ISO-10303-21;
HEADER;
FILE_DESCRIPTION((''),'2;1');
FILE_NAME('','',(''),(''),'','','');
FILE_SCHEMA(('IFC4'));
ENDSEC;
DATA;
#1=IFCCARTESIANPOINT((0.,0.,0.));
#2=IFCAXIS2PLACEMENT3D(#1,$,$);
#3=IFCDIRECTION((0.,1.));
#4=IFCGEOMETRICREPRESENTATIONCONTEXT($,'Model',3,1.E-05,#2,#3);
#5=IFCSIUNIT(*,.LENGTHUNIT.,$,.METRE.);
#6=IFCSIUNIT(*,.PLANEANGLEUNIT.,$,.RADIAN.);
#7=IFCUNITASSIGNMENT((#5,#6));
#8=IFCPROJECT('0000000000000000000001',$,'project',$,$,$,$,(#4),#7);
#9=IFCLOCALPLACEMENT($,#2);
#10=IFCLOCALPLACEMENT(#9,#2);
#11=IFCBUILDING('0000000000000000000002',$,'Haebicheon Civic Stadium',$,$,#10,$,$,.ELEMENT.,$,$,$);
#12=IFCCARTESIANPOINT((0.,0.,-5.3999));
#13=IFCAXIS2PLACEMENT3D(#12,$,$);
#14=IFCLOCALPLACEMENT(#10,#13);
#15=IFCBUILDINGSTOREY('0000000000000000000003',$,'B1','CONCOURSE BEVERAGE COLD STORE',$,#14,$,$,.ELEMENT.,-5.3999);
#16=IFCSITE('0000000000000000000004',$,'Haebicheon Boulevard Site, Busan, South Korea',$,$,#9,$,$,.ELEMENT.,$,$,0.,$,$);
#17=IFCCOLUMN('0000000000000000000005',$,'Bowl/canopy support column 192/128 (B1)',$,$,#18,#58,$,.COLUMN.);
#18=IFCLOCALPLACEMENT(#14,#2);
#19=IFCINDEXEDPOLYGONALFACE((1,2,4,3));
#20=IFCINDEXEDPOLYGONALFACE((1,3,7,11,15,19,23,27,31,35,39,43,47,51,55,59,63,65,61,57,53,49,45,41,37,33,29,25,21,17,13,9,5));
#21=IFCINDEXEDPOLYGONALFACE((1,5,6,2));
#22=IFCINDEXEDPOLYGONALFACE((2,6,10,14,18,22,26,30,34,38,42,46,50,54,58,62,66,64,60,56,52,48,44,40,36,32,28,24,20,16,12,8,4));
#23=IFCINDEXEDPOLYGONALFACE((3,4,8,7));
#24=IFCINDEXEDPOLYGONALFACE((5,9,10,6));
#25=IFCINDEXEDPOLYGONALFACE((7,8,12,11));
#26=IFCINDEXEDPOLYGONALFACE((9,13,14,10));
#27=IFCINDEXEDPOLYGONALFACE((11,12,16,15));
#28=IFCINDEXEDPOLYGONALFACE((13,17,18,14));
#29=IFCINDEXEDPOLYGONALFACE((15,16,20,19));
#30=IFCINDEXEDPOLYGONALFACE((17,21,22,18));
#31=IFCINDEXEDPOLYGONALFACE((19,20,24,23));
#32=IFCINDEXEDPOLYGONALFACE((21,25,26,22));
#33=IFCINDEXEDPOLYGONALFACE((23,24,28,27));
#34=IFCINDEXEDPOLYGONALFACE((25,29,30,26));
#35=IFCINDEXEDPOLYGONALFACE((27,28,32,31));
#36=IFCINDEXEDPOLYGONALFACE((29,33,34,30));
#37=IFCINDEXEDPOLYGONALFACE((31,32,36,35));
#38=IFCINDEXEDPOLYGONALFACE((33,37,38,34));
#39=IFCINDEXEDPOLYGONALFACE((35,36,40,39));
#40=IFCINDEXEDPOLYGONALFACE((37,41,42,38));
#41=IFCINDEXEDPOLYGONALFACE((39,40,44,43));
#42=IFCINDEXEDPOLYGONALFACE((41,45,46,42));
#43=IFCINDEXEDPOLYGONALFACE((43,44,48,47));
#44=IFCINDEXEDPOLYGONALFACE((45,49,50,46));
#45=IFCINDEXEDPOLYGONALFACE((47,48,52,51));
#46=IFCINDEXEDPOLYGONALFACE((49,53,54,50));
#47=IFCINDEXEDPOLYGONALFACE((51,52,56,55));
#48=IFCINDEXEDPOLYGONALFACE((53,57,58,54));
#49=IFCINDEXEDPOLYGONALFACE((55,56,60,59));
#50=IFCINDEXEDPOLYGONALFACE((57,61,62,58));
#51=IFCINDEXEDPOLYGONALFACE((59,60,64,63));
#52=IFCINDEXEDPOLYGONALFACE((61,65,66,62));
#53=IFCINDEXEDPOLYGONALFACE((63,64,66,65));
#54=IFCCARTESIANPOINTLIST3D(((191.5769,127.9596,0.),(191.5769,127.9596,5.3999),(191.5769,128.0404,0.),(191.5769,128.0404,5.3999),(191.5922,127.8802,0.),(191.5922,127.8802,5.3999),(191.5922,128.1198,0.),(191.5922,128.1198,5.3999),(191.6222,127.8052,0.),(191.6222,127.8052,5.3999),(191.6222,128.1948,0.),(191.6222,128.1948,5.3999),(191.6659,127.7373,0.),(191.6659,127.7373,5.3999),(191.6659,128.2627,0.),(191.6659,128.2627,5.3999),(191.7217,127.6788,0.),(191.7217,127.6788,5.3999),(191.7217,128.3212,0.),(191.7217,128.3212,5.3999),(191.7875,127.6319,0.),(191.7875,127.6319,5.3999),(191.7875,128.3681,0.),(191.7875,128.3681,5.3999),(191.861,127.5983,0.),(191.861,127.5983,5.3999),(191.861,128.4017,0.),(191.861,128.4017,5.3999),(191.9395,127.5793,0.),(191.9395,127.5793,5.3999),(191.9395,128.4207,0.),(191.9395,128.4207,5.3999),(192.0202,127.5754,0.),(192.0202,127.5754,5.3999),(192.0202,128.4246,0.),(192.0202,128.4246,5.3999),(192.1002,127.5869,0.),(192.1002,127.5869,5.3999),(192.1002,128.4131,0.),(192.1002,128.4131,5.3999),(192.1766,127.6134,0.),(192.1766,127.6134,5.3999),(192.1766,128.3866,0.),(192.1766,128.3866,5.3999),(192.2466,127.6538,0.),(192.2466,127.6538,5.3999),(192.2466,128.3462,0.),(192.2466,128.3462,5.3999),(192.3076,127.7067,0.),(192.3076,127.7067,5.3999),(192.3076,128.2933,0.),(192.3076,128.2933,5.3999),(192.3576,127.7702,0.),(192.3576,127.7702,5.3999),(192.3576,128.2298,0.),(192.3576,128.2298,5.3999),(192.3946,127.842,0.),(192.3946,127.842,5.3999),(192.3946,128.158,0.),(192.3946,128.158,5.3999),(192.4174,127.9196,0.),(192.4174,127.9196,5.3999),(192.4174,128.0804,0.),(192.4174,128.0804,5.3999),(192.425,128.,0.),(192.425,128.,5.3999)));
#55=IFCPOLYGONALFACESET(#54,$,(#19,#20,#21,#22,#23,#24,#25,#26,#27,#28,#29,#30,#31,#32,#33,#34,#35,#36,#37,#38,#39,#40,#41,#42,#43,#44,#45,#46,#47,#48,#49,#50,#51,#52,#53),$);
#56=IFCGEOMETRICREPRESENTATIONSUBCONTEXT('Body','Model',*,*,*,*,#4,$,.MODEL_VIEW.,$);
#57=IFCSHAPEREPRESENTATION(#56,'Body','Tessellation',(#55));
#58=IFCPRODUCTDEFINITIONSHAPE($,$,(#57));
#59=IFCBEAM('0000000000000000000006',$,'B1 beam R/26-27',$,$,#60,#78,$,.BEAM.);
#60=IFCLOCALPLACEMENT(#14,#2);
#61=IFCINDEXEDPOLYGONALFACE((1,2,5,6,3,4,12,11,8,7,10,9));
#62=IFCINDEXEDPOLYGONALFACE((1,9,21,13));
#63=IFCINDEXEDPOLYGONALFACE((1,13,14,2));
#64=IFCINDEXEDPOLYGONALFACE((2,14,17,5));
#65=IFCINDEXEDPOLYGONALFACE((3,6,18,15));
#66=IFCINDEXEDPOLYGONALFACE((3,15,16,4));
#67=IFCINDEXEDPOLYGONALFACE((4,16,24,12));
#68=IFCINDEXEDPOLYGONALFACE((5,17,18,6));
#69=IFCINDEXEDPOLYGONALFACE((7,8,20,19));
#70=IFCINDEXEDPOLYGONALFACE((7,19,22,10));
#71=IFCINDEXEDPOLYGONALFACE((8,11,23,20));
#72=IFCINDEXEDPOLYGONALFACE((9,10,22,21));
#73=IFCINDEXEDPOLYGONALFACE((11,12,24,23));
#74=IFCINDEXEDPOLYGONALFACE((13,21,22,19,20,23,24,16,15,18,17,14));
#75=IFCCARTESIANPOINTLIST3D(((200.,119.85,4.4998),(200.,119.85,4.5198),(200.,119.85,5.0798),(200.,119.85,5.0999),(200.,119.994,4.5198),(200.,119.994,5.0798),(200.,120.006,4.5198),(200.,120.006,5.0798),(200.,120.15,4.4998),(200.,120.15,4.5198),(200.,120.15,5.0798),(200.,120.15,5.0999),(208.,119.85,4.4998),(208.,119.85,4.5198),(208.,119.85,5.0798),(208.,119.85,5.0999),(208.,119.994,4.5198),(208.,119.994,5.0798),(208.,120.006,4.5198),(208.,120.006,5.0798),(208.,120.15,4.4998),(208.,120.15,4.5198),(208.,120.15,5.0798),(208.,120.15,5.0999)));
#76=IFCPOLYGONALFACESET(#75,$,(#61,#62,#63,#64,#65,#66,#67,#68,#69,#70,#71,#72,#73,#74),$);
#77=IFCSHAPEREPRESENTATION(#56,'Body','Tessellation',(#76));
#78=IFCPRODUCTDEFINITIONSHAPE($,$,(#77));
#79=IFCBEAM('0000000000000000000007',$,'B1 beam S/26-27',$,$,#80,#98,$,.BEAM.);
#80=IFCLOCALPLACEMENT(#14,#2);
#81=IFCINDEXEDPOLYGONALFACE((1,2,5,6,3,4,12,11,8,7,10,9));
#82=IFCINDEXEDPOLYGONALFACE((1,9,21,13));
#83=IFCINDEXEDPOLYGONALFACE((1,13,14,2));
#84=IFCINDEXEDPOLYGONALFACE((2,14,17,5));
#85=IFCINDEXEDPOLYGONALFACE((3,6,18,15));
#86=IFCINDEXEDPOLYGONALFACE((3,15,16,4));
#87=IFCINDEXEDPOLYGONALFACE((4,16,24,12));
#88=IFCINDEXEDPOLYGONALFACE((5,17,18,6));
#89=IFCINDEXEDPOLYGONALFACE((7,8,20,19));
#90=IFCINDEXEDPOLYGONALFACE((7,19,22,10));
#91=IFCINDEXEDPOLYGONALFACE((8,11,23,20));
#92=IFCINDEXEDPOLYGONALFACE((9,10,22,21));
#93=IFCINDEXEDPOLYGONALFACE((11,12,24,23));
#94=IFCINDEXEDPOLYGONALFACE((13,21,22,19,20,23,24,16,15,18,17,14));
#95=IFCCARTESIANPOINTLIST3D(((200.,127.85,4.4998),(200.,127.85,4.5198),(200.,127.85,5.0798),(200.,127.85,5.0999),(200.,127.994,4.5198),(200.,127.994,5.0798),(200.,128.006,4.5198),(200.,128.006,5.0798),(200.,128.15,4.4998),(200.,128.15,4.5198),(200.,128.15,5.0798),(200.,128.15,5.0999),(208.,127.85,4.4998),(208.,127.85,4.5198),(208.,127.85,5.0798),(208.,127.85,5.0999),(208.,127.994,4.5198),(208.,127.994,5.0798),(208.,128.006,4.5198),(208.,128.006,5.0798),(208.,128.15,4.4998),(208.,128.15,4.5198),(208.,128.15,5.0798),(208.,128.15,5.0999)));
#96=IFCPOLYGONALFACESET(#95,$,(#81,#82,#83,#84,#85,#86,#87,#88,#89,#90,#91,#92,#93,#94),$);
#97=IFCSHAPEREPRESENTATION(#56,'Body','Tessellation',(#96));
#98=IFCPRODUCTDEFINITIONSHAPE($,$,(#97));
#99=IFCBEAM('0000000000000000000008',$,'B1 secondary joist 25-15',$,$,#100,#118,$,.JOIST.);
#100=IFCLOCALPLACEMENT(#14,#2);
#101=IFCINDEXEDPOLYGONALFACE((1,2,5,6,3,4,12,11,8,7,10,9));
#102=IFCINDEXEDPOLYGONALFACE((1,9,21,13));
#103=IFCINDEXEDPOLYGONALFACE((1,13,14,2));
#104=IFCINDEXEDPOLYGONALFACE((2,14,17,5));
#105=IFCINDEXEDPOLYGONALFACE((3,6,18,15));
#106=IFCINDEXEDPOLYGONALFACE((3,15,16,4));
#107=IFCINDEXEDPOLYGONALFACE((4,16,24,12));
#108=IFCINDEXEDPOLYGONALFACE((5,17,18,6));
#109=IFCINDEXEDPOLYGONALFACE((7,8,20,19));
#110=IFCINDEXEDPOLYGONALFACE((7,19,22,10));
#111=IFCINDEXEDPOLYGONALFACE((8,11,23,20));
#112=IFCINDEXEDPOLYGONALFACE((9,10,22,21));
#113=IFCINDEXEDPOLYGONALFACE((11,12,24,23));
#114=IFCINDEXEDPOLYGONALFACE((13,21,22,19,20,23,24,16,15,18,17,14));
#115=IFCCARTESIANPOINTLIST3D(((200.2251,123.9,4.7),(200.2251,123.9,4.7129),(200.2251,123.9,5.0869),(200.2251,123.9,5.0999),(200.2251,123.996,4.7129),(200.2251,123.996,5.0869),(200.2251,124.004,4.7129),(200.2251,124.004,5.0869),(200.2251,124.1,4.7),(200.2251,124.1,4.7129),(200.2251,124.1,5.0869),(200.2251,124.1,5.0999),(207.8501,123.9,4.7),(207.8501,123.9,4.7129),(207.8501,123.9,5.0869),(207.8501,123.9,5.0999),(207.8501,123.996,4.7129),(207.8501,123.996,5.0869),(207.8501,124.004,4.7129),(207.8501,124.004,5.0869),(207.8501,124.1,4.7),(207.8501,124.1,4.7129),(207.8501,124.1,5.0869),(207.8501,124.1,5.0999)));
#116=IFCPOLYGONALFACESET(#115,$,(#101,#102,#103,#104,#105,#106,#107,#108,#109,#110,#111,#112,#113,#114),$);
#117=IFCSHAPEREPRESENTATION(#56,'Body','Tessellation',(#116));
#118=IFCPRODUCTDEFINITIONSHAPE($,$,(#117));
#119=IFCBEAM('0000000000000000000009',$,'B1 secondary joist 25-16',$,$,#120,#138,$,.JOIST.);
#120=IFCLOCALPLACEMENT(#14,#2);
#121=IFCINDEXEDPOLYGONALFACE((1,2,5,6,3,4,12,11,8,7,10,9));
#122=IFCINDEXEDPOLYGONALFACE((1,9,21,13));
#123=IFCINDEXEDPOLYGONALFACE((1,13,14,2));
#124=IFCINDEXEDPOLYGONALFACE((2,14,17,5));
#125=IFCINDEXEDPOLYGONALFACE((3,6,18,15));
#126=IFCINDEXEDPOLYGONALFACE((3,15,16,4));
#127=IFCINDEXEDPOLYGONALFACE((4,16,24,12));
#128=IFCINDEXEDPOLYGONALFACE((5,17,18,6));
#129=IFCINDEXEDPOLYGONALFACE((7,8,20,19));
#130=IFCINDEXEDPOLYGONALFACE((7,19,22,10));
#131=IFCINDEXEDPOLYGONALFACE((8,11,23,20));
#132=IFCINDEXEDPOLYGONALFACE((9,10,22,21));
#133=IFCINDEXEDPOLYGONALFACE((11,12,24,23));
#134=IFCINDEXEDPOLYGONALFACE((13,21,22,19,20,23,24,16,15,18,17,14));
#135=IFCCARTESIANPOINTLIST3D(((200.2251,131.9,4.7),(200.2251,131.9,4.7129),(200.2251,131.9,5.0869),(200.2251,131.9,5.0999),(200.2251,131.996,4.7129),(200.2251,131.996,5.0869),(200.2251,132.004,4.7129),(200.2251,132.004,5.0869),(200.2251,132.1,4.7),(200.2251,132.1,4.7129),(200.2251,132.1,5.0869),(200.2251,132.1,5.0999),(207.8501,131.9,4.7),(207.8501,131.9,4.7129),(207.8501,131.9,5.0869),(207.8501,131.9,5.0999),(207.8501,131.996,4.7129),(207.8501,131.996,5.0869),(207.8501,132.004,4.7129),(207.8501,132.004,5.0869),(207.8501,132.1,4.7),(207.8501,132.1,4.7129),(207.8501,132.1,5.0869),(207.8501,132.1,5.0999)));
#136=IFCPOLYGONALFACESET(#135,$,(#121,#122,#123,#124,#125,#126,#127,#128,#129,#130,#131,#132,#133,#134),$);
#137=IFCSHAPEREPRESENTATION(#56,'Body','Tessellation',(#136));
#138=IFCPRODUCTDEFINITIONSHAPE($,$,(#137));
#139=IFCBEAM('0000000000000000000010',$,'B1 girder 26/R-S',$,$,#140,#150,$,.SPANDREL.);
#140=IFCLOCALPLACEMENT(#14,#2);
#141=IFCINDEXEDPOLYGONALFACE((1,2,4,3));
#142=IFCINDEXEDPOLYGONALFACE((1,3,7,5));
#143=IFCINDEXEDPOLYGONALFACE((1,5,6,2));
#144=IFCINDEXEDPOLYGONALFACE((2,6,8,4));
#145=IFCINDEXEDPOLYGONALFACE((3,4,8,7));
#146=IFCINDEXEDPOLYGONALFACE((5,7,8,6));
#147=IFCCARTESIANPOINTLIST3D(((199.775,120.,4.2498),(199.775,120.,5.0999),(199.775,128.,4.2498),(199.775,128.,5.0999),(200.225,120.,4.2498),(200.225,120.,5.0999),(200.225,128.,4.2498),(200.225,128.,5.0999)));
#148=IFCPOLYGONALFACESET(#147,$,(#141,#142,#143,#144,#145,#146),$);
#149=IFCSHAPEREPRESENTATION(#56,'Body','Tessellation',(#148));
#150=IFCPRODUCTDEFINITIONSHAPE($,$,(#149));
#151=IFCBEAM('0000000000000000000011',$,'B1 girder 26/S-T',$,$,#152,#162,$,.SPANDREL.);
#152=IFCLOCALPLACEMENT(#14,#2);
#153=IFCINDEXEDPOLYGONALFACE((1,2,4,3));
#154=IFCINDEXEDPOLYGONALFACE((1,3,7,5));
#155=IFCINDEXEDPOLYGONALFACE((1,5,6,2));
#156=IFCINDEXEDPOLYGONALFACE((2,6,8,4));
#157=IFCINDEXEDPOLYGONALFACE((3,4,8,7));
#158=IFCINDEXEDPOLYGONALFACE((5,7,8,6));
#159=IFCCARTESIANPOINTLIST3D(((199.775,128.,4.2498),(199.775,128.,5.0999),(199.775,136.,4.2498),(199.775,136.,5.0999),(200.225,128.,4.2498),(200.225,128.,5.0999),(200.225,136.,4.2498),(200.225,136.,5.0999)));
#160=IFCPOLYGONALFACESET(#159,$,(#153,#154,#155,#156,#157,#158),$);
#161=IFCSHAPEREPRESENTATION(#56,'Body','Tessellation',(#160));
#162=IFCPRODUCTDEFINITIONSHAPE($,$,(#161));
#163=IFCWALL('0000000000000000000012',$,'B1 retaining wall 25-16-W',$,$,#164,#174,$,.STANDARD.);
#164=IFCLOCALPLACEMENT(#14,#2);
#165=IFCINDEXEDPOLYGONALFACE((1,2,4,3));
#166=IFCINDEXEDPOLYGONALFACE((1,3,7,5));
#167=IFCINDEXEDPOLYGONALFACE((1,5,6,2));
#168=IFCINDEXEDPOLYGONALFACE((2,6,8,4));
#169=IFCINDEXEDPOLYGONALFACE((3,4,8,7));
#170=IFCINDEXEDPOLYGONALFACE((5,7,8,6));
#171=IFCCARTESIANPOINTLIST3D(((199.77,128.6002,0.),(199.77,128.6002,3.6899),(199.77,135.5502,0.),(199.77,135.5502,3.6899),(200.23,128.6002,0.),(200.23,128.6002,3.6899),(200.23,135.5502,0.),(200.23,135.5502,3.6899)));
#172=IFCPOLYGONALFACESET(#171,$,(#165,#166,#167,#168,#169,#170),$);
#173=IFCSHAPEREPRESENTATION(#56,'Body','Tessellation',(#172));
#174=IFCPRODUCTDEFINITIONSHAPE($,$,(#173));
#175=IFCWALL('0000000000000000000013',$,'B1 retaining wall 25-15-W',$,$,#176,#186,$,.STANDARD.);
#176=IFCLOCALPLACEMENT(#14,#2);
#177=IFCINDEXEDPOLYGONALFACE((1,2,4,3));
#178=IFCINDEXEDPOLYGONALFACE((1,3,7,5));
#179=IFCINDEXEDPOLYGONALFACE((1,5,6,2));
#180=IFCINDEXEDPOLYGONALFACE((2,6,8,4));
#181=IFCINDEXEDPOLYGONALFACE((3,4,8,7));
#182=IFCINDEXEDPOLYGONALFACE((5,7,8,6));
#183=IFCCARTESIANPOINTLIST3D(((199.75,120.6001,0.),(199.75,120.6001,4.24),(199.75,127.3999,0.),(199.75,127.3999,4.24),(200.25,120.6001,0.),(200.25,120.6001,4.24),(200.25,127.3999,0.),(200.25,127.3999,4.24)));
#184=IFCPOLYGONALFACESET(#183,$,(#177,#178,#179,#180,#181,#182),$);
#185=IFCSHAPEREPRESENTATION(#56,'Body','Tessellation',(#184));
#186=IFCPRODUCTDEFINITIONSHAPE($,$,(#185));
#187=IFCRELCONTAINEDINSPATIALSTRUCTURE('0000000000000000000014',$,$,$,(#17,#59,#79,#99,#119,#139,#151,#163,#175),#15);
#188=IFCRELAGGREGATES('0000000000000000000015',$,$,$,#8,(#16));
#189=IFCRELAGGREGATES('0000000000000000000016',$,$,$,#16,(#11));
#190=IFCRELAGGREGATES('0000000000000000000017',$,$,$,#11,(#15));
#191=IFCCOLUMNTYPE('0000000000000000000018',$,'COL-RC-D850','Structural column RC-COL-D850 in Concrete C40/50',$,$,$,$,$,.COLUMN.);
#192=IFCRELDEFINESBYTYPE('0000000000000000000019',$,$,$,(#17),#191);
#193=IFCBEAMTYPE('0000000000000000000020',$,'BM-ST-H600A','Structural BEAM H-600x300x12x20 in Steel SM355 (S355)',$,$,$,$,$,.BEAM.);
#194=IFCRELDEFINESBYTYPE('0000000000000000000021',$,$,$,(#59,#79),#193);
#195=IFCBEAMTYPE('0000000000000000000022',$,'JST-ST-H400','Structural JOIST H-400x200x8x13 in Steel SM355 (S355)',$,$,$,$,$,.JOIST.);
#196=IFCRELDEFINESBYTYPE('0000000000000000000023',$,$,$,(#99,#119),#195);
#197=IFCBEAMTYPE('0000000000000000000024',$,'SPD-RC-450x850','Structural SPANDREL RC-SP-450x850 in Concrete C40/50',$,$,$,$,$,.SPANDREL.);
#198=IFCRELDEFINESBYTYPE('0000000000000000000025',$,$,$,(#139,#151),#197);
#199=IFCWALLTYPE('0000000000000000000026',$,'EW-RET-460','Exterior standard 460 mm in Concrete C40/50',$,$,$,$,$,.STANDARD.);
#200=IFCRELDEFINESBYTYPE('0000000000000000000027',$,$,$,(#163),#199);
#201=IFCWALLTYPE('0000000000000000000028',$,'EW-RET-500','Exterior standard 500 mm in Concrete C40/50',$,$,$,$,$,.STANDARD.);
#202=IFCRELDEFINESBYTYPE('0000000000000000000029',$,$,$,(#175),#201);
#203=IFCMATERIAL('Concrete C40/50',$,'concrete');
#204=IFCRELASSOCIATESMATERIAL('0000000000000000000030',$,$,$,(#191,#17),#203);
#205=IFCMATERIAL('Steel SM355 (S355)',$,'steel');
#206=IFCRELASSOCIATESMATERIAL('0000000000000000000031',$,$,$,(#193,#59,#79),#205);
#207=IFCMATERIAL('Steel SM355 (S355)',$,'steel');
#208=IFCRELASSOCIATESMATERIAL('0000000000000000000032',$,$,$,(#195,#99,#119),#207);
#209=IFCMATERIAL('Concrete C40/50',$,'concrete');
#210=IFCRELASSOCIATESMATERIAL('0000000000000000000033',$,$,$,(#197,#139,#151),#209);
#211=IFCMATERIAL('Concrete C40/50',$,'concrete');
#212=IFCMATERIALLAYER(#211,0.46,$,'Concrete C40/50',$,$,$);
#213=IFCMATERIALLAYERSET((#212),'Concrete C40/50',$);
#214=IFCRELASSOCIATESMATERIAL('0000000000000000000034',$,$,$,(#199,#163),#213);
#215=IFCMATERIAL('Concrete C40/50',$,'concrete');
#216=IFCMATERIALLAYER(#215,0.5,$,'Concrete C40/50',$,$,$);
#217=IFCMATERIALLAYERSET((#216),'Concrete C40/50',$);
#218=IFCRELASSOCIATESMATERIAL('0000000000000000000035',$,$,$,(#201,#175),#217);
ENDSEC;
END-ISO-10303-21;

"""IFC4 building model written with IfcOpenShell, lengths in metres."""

from ifc_helpers import new_model, si_unit, direction, frame, frame_2d, origin, origin_2d, place, context, subcontext, project, spatial, rectangle, circle, i_section, extrude, material, layer, layer_set, material_profile, profile_set, type_object, element, save


model = new_model("IFC4")

# Units and contexts
model_context = context("Model", 3, precision=1e-05, world=origin(), true_north=direction((0.0, 1.0)))
body_context = subcontext(model_context, "Body", "Model", "MODEL_VIEW")
ifc_project = project(units=[si_unit("LENGTHUNIT", "METRE"), si_unit("PLANEANGLEUNIT", "RADIAN")], contexts=[model_context])

# Site, building, storey
site_placement = place(None, origin())
site = spatial("IfcSite", under=ifc_project, at=site_placement, Name="Haebicheon Boulevard Site, Busan, South Korea", CompositionType="ELEMENT", RefElevation=0.0)
building_placement = place(site_placement, origin())
building = spatial("IfcBuilding", under=site, at=building_placement, Name="Haebicheon Civic Stadium", CompositionType="ELEMENT")
storey_placement = place(building_placement, frame((0.0, 0.0, -5.3999)))
storey = spatial("IfcBuildingStorey", under=building, at=storey_placement, Name="B1", Description="CONCOURSE BEVERAGE COLD STORE", CompositionType="ELEMENT", Elevation=-5.3999)

# Column
ifc_material_1 = material(Name="Concrete C40/50", Category="concrete")
ifc_material_profile_1 = material_profile(ifc_material_1, circle(Radius=0.425, at=origin_2d()), Name="RC-COL-D850")
ifc_profile_set_1 = profile_set([ifc_material_profile_1], Name="Concrete C40/50")
column_type_1 = type_object("IfcColumnType", Name="COL-RC-D850", Description="Structural column RC-COL-D850 in Concrete C40/50", PredefinedType="COLUMN", material=ifc_profile_set_1)
for number, where, z_axis, x_axis, name in (
    (1, (192.0, 128.0, 0.0), (0.0, 0.0, 1.0), (1.0, 0.0, 0.0), "Bowl/canopy support column 192/128 (B1)"),
):
    element("IfcColumn", number, at=place(storey_placement, frame(where, z_axis=z_axis, x_axis=x_axis)), inside=storey, type_object=column_type_1, material=ifc_profile_set_1, Name=name, PredefinedType="COLUMN", context=body_context, shape_type="SweptSolid", body=[
        extrude(circle(Radius=0.425, at=origin_2d()), origin(), (0.0, 0.0, 1.0), 5.3999),
    ])

# Beams
ifc_material_2 = material(Name="Steel SM355 (S355)", Category="steel")
ifc_material_profile_2 = material_profile(ifc_material_2, i_section(OverallWidth=0.3, OverallDepth=0.6001, WebThickness=0.012, FlangeThickness=0.02, at=origin_2d()), Name="H-600x300x12x20")
ifc_profile_set_2 = profile_set([ifc_material_profile_2], Name="Steel SM355 (S355)")
beam_type_1 = type_object("IfcBeamType", Name="BM-ST-H600A", Description="Structural BEAM H-600x300x12x20 in Steel SM355 (S355)", PredefinedType="BEAM", material=ifc_profile_set_2)
for number, where, z_axis, x_axis, name in (
    (2, (200.0, 120.0, 4.7998), (1.0, 0.0, 0.0), (0.0, 1.0, 0.0), "B1 beam R/26-27"),
    (3, (200.0, 128.0, 4.7998), (1.0, 0.0, 0.0), (0.0, 1.0, 0.0), "B1 beam S/26-27"),
):
    element("IfcBeam", number, at=place(storey_placement, frame(where, z_axis=z_axis, x_axis=x_axis)), inside=storey, type_object=beam_type_1, material=ifc_profile_set_2, Name=name, PredefinedType="BEAM", context=body_context, shape_type="SweptSolid", body=[
        extrude(i_section(OverallWidth=0.3, OverallDepth=0.6001, WebThickness=0.012, FlangeThickness=0.02, at=origin_2d()), origin(), (0.0, 0.0, 1.0), 8.0),
    ])
ifc_material_3 = material(Name="Steel SM355 (S355)", Category="steel")
ifc_material_profile_3 = material_profile(ifc_material_3, i_section(OverallWidth=0.2, OverallDepth=0.3999, WebThickness=0.0081, FlangeThickness=0.0129, at=origin_2d()), Name="H-400x200x8x13")
ifc_profile_set_3 = profile_set([ifc_material_profile_3], Name="Steel SM355 (S355)")
beam_type_2 = type_object("IfcBeamType", Name="JST-ST-H400", Description="Structural JOIST H-400x200x8x13 in Steel SM355 (S355)", PredefinedType="JOIST", material=ifc_profile_set_3)
for number, where, z_axis, x_axis, name in (
    (4, (200.2251, 124.0, 4.8999), (1.0, 0.0, 0.0), (0.0, 1.0, 0.0), "B1 secondary joist 25-15"),
    (5, (200.2251, 132.0, 4.8999), (1.0, 0.0, 0.0), (0.0, 1.0, 0.0), "B1 secondary joist 25-16"),
):
    element("IfcBeam", number, at=place(storey_placement, frame(where, z_axis=z_axis, x_axis=x_axis)), inside=storey, type_object=beam_type_2, material=ifc_profile_set_3, Name=name, PredefinedType="JOIST", context=body_context, shape_type="SweptSolid", body=[
        extrude(i_section(OverallWidth=0.2, OverallDepth=0.3999, WebThickness=0.0081, FlangeThickness=0.0129, at=origin_2d()), origin(), (0.0, 0.0, 1.0), 7.625),
    ])
ifc_material_4 = material(Name="Concrete C40/50", Category="concrete")
ifc_material_profile_4 = material_profile(ifc_material_4, rectangle(XDim=0.45, YDim=0.8501, at=origin_2d()), Name="RC-SP-450x850")
ifc_profile_set_4 = profile_set([ifc_material_profile_4], Name="Concrete C40/50")
beam_type_3 = type_object("IfcBeamType", Name="SPD-RC-450x850", Description="Structural SPANDREL RC-SP-450x850 in Concrete C40/50", PredefinedType="SPANDREL", material=ifc_profile_set_4)
for number, where, z_axis, x_axis, name in (
    (6, (200.0, 120.0, 4.6748), (0.0, 1.0, 0.0), (-1.0, 0.0, 0.0), "B1 girder 26/R-S"),
    (7, (200.0, 128.0, 4.6748), (0.0, 1.0, 0.0), (-1.0, 0.0, 0.0), "B1 girder 26/S-T"),
):
    element("IfcBeam", number, at=place(storey_placement, frame(where, z_axis=z_axis, x_axis=x_axis)), inside=storey, type_object=beam_type_3, material=ifc_profile_set_4, Name=name, PredefinedType="SPANDREL", context=body_context, shape_type="SweptSolid", body=[
        extrude(rectangle(XDim=0.45, YDim=0.8501, at=origin_2d()), origin(), (0.0, 0.0, 1.0), 8.0),
    ])

# Walls
ifc_material_5 = material(Name="Concrete C40/50", Category="concrete")
ifc_layer_1 = layer(ifc_material_5, 0.46, Name="Concrete C40/50")
ifc_layer_set_1 = layer_set([ifc_layer_1], Name="Concrete C40/50")
wall_type_1 = type_object("IfcWallType", Name="EW-RET-460", Description="Exterior standard 460 mm in Concrete C40/50", PredefinedType="STANDARD", material=ifc_layer_set_1)
wall_1_placement = place(storey_placement, frame((200.0, 128.6001, 0.0), z_axis=(0.0, 0.0, 1.0), x_axis=(0.0, 1.0, 0.0)))
element("IfcWall", 8, at=wall_1_placement, inside=storey, type_object=wall_type_1, material=ifc_layer_set_1, Name="B1 retaining wall 25-16-W", PredefinedType="STANDARD", context=body_context, shape_type="SweptSolid", body=[
    extrude(rectangle(XDim=6.95, YDim=0.46, at=frame_2d((3.4751, 0.0))), origin(), (0.0, 0.0, 1.0), 3.6899),
])
ifc_material_6 = material(Name="Concrete C40/50", Category="concrete")
ifc_layer_2 = layer(ifc_material_6, 0.5, Name="Concrete C40/50")
ifc_layer_set_2 = layer_set([ifc_layer_2], Name="Concrete C40/50")
wall_type_2 = type_object("IfcWallType", Name="EW-RET-500", Description="Exterior standard 500 mm in Concrete C40/50", PredefinedType="STANDARD", material=ifc_layer_set_2)
wall_2_placement = place(storey_placement, frame((200.0, 120.6001, 0.0), z_axis=(0.0, 0.0, 1.0), x_axis=(0.0, 1.0, 0.0)))
element("IfcWall", 9, at=wall_2_placement, inside=storey, type_object=wall_type_2, material=ifc_layer_set_2, Name="B1 retaining wall 25-15-W", PredefinedType="STANDARD", context=body_context, shape_type="SweptSolid", body=[
    extrude(rectangle(XDim=6.7998, YDim=0.5, at=frame_2d((3.3999, 0.0))), origin(), (0.0, 0.0, 1.0), 4.24),
])

save(model, "model.ifc")
